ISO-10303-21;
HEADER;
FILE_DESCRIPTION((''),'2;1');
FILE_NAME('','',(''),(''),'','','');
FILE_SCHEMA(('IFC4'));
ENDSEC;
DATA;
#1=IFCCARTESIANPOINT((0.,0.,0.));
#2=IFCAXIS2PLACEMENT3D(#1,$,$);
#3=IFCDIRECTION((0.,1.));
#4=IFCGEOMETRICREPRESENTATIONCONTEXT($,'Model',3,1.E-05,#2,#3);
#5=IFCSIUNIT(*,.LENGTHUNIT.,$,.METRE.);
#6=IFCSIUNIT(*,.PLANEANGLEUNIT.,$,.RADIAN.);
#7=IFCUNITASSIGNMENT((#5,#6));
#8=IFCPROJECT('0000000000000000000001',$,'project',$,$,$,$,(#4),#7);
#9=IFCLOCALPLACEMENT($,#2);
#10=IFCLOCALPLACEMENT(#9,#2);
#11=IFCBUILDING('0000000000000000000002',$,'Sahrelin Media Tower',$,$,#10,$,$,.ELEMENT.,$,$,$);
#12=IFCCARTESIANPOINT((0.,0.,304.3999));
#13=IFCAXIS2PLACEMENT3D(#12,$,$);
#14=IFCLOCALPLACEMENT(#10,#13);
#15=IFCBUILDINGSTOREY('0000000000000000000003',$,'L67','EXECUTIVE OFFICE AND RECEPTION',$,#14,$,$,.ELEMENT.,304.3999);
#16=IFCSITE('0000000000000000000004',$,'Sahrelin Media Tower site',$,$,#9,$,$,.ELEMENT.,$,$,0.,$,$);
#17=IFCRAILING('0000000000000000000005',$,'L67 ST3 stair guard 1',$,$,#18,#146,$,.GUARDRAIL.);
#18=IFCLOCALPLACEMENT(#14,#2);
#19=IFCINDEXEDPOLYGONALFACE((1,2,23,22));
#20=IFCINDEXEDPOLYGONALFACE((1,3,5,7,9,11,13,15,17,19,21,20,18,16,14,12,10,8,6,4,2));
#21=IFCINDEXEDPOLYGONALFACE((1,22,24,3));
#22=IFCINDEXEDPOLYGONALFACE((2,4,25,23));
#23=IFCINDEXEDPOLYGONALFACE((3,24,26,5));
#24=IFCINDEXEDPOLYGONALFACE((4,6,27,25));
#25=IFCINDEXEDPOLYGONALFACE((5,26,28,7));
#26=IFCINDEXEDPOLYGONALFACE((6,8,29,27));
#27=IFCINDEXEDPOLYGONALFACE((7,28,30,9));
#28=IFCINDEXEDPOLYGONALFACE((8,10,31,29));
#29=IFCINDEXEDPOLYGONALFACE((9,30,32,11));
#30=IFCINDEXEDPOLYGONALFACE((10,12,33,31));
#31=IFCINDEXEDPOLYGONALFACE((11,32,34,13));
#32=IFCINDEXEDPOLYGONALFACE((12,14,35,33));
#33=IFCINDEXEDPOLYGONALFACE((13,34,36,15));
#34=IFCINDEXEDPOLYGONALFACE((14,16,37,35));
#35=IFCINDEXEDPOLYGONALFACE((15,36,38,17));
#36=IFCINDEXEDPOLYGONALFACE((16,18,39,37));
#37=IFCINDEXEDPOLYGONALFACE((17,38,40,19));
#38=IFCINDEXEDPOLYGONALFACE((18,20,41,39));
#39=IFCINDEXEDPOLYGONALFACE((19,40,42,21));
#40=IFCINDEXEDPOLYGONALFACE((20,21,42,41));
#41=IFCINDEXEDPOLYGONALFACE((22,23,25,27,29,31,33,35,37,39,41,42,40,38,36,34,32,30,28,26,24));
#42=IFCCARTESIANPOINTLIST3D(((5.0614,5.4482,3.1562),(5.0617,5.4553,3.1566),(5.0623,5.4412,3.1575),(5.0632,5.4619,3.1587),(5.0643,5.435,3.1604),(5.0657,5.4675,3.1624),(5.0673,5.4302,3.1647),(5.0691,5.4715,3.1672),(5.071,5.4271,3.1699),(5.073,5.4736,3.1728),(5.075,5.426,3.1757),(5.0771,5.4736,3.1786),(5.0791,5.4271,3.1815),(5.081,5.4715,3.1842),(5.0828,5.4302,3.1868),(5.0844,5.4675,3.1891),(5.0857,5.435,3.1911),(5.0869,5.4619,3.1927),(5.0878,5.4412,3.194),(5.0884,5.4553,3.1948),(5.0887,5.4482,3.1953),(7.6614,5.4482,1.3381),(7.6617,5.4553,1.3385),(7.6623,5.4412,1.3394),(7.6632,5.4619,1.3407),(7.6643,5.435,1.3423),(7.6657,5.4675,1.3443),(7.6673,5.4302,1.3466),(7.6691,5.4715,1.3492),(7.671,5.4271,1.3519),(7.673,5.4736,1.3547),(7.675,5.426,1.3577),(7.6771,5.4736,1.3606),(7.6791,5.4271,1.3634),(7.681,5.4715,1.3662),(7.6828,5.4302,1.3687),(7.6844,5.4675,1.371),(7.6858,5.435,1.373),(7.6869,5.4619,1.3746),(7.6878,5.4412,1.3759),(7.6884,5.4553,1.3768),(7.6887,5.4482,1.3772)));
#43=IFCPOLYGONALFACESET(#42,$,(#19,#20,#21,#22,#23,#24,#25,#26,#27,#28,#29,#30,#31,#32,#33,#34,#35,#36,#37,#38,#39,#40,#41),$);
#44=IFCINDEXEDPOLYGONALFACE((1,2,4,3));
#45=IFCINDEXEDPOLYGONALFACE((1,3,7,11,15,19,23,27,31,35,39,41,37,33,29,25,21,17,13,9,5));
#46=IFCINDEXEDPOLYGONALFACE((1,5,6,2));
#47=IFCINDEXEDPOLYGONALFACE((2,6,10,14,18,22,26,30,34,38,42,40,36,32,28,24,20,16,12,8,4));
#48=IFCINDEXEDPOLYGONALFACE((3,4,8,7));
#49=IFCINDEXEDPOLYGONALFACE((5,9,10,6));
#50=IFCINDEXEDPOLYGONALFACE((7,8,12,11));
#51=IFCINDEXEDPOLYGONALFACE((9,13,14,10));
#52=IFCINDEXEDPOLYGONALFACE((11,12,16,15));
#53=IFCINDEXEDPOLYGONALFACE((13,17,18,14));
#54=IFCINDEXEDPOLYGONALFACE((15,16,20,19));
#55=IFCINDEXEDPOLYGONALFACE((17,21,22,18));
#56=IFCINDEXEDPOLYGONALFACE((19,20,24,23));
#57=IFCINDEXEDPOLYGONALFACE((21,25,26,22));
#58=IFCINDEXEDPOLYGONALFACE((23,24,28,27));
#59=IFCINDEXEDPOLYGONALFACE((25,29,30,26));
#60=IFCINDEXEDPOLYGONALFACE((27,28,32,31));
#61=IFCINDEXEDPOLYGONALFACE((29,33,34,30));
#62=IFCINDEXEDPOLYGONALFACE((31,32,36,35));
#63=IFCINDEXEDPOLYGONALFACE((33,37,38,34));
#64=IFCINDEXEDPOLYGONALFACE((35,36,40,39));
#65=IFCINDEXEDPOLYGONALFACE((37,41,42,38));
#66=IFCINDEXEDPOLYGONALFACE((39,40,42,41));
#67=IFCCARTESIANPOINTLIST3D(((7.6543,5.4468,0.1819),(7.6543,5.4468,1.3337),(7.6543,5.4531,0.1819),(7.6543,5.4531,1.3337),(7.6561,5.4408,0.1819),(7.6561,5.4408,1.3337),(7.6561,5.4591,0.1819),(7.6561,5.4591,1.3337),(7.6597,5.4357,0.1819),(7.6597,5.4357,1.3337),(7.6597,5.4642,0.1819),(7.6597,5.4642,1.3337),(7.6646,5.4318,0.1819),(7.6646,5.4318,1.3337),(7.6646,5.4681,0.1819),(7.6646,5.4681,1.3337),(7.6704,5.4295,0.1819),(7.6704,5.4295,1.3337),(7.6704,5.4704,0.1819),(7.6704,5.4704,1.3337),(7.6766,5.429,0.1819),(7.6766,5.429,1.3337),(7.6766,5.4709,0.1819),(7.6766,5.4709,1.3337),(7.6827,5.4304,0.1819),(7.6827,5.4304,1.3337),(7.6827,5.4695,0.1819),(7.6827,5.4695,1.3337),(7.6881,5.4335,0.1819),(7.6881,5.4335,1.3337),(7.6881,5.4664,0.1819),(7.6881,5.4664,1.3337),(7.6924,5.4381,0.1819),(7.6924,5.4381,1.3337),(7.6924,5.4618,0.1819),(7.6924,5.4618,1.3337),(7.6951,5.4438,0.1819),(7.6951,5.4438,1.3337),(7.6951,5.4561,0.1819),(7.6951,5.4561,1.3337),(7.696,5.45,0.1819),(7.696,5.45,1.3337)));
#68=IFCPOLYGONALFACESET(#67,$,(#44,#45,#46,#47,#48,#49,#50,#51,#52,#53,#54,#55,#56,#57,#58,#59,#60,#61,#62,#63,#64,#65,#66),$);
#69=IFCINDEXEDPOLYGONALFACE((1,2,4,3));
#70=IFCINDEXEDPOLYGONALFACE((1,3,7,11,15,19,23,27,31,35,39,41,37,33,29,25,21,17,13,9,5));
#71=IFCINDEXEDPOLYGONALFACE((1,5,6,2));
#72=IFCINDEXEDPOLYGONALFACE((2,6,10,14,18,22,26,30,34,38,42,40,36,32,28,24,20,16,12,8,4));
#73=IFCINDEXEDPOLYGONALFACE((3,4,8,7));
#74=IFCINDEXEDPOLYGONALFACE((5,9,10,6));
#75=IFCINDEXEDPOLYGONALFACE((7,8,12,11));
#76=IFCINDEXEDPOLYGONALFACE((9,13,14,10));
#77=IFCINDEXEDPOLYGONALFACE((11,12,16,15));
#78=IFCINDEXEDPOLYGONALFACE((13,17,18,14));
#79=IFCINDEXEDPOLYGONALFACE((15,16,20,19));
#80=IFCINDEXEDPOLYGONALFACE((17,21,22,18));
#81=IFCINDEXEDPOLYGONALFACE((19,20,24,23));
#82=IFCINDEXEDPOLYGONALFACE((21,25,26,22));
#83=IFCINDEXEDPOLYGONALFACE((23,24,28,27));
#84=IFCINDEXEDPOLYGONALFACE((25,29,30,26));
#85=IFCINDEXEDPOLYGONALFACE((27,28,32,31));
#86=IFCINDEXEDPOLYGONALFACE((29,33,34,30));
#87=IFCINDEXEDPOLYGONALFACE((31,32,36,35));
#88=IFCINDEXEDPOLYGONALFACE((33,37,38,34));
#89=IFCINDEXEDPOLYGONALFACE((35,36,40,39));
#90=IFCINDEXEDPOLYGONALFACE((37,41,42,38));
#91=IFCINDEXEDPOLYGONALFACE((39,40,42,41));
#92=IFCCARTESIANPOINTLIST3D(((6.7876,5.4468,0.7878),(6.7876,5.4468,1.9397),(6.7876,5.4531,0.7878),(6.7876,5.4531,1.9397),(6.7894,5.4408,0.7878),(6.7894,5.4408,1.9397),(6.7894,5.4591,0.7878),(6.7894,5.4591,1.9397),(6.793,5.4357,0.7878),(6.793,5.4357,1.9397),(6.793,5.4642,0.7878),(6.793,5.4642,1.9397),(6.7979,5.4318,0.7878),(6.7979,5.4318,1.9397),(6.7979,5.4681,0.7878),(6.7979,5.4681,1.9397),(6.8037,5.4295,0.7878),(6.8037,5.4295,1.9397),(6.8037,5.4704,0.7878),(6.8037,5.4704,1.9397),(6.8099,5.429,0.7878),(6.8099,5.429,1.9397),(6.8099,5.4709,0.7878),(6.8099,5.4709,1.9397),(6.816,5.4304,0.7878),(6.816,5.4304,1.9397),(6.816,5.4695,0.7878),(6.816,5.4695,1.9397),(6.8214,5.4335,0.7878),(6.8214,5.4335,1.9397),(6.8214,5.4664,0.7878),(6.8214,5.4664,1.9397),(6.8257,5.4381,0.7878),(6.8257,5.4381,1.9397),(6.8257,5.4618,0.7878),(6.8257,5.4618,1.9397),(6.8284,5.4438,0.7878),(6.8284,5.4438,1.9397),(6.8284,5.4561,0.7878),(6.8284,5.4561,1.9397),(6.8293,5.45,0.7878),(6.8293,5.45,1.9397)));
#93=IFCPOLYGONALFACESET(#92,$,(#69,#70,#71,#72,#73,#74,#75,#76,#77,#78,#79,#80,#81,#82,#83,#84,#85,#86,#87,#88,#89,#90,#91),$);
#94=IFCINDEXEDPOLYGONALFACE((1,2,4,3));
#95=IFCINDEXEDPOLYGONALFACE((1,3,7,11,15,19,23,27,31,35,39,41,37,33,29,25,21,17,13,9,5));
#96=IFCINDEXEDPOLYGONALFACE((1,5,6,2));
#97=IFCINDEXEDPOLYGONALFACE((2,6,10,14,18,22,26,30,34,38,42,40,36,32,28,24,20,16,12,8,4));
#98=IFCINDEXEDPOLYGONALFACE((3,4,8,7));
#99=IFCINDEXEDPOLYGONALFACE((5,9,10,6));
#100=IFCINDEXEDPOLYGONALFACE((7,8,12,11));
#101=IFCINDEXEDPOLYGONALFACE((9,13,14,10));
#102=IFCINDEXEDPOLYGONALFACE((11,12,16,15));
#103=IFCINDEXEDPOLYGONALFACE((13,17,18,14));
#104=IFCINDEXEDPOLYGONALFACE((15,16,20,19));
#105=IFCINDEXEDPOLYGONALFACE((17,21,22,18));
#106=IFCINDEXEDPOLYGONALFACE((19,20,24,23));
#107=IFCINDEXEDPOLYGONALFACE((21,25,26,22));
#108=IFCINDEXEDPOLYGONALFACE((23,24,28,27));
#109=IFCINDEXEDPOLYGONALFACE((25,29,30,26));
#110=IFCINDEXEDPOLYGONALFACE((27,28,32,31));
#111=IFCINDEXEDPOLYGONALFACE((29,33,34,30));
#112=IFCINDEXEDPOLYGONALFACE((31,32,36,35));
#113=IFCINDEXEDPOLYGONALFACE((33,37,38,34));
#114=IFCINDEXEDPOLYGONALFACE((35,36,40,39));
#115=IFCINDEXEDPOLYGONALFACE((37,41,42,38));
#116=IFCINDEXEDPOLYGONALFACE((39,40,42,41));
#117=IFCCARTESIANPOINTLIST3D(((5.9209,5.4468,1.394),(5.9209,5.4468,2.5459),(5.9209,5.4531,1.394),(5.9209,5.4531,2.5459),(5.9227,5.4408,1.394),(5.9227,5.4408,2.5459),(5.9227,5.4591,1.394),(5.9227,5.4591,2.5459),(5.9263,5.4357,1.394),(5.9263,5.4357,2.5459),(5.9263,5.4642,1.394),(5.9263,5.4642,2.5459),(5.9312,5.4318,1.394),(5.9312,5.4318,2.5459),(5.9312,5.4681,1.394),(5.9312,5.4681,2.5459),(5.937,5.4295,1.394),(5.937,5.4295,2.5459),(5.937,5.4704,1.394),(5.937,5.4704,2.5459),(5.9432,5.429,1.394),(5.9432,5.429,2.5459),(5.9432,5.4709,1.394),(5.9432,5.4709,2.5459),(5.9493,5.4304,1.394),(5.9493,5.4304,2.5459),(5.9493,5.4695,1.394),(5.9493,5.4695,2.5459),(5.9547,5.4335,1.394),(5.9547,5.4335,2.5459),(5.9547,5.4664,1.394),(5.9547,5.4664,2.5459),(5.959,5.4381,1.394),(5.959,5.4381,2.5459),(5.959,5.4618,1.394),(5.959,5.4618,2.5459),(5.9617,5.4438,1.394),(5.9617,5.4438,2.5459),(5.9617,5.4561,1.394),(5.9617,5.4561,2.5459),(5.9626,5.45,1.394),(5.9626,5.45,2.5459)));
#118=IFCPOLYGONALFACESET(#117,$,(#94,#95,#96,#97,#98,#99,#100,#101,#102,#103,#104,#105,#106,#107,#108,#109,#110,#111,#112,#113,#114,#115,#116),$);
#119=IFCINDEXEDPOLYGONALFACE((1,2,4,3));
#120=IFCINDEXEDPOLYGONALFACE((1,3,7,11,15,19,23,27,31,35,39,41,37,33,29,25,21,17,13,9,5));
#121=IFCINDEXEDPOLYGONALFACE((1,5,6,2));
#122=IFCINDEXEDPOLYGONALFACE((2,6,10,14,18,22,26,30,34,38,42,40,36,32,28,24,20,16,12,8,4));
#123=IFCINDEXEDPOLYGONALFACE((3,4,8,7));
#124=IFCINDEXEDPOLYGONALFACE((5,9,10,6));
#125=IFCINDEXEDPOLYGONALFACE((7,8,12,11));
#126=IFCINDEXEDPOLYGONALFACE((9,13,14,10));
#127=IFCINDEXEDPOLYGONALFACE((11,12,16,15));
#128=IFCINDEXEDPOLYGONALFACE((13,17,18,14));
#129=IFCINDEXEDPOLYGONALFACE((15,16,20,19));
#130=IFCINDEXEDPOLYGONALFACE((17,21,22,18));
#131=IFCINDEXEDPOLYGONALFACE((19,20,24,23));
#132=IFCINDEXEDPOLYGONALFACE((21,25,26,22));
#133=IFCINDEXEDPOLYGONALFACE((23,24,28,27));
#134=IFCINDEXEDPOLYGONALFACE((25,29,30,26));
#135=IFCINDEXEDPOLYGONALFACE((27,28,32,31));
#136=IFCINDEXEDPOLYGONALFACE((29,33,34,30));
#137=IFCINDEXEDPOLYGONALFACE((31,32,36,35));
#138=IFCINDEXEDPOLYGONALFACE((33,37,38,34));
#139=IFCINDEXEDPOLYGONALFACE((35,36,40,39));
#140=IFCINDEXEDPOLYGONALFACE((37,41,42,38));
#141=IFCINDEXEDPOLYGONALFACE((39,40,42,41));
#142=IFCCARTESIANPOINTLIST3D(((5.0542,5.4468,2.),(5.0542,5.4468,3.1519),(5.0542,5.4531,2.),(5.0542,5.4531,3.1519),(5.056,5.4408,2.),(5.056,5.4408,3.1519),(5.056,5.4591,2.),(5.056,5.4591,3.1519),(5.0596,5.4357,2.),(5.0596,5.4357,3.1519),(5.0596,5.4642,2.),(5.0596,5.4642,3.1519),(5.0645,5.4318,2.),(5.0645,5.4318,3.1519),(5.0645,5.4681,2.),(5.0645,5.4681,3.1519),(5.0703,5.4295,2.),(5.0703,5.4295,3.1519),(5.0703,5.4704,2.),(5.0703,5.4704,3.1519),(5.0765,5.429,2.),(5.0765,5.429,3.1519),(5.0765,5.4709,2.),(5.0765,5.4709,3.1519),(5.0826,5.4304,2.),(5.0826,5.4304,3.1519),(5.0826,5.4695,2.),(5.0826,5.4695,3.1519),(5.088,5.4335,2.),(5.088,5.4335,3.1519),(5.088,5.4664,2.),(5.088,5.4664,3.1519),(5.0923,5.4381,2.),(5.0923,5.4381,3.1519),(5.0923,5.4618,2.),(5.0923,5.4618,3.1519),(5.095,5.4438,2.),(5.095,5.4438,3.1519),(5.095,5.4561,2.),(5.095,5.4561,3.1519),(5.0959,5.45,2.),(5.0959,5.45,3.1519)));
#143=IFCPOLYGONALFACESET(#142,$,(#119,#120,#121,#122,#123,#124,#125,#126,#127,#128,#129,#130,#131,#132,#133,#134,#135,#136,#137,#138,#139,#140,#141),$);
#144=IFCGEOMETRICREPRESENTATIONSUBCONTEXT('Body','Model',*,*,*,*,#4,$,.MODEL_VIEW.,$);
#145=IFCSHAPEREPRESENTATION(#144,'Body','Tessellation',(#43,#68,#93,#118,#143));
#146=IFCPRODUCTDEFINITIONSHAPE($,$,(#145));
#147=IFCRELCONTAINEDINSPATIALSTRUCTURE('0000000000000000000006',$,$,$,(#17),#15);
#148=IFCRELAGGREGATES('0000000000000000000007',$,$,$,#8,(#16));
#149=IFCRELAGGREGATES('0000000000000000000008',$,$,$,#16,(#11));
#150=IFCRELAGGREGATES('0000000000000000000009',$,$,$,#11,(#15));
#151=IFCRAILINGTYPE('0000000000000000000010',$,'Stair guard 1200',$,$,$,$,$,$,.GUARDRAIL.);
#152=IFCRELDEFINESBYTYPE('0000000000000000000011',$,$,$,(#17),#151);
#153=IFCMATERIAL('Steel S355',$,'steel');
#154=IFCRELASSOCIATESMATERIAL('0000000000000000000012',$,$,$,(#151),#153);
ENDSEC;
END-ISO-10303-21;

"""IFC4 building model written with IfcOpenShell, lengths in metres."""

from ifc_helpers import new_model, si_unit, direction, frame, origin, origin_2d, place, context, subcontext, project, spatial, circle, extrude, material, type_object, element, save


model = new_model("IFC4")

# Units and contexts
model_context = context("Model", 3, precision=1e-05, world=origin(), true_north=direction((0.0, 1.0)))
body_context = subcontext(model_context, "Body", "Model", "MODEL_VIEW")
ifc_project = project(units=[si_unit("LENGTHUNIT", "METRE"), si_unit("PLANEANGLEUNIT", "RADIAN")], contexts=[model_context])

# Site, building, storey
site_placement = place(None, origin())
site = spatial("IfcSite", under=ifc_project, at=site_placement, Name="Sahrelin Media Tower site", CompositionType="ELEMENT", RefElevation=0.0)
building_placement = place(site_placement, origin())
building = spatial("IfcBuilding", under=site, at=building_placement, Name="Sahrelin Media Tower", CompositionType="ELEMENT")
storey_placement = place(building_placement, frame((0.0, 0.0, 304.3999)))
storey = spatial("IfcBuildingStorey", under=building, at=storey_placement, Name="L67", Description="EXECUTIVE OFFICE AND RECEPTION", CompositionType="ELEMENT", Elevation=304.3999)

# Shared definitions
ifc_material_1 = material(Name="Steel S355", Category="steel")

# Railing
railing_type_1 = type_object("IfcRailingType", Name="Stair guard 1200", PredefinedType="GUARDRAIL", material=ifc_material_1)
railing_1_placement = place(storey_placement, frame((7.675, 5.45, 0.1819)))
element("IfcRailing", 1, at=railing_1_placement, inside=storey, type_object=railing_type_1, Name="L67 ST3 stair guard 1", PredefinedType="GUARDRAIL", context=body_context, shape_type="SweptSolid", body=[
    extrude(circle(Radius=0.0239, at=origin_2d()), frame((0.0, 0.0, 1.1758), z_axis=(-0.819521, 0.0, 0.573049), x_axis=(0.0, -1.0, 0.0)), (0.0, 0.0, 1.0), 3.1726),
    extrude(circle(Radius=0.021, at=origin_2d()), origin(), (0.0, 0.0, 1.0), 1.1519),
    extrude(circle(Radius=0.021, at=origin_2d()), frame((-0.8667, 0.0, 0.606)), (0.0, 0.0, 1.0), 1.1519),
    extrude(circle(Radius=0.021, at=origin_2d()), frame((-1.7334, 0.0, 1.2122)), (0.0, 0.0, 1.0), 1.1519),
    extrude(circle(Radius=0.021, at=origin_2d()), frame((-2.6001, 0.0, 1.8181)), (0.0, 0.0, 1.0), 1.1519),
])

save(model, "model.ifc")
